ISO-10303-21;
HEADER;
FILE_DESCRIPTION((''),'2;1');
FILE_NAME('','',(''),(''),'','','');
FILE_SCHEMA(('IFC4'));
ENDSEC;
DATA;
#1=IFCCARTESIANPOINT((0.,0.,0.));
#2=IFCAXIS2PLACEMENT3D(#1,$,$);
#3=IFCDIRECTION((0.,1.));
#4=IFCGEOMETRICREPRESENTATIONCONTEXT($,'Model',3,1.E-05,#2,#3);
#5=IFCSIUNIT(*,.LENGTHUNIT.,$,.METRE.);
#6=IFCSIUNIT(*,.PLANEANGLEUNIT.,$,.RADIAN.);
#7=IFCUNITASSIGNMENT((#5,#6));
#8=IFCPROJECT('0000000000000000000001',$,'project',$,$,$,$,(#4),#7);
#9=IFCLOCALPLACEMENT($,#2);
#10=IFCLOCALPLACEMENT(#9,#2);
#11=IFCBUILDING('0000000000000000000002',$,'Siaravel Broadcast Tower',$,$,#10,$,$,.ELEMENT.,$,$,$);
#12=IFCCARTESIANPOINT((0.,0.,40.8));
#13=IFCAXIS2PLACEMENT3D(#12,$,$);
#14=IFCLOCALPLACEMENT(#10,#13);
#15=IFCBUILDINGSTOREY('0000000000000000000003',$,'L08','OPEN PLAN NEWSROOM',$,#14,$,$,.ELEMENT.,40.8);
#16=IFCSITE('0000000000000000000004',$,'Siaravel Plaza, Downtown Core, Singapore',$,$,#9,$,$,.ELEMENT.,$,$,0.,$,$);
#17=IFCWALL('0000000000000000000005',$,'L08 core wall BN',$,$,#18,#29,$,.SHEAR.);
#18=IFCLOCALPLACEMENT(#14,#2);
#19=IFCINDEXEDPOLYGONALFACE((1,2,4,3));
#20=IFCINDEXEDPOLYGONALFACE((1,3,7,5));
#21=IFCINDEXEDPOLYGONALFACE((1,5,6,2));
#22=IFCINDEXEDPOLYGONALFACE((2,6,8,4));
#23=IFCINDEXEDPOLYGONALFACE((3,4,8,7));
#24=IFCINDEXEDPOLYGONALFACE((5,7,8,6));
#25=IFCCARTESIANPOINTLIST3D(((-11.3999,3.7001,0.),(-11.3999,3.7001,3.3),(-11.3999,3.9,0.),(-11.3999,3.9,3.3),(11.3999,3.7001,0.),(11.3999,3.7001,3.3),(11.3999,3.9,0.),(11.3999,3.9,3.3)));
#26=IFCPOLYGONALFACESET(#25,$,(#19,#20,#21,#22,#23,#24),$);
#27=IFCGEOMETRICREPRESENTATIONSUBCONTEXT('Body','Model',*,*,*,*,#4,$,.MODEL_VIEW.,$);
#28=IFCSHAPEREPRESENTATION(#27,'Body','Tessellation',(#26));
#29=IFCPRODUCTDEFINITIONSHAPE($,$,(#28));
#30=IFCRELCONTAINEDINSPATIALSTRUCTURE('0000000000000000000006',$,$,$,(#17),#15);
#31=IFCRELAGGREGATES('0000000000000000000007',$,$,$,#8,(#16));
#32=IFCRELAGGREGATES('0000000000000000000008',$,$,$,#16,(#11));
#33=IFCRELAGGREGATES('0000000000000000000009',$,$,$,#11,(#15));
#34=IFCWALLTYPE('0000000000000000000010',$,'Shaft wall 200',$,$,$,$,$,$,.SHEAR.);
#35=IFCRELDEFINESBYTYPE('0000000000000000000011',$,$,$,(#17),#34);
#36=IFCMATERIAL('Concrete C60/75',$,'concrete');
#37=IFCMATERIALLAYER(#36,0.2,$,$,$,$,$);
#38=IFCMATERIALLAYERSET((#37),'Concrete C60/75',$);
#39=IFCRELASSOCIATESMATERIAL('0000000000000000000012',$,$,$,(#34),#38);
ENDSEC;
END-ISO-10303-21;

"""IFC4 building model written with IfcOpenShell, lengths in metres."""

from ifc_helpers import new_model, si_unit, direction, frame, frame_2d, origin, place, context, subcontext, project, spatial, rectangle, extrude, material, layer, layer_set, type_object, element, save


model = new_model("IFC4")

# Units and contexts
model_context = context("Model", 3, precision=1e-05, world=origin(), true_north=direction((0.0, 1.0)))
body_context = subcontext(model_context, "Body", "Model", "MODEL_VIEW")
ifc_project = project(units=[si_unit("LENGTHUNIT", "METRE"), si_unit("PLANEANGLEUNIT", "RADIAN")], contexts=[model_context])

# Site, building, storey
site_placement = place(None, origin())
site = spatial("IfcSite", under=ifc_project, at=site_placement, Name="Siaravel Plaza, Downtown Core, Singapore", CompositionType="ELEMENT", RefElevation=0.0)
building_placement = place(site_placement, origin())
building = spatial("IfcBuilding", under=site, at=building_placement, Name="Siaravel Broadcast Tower", CompositionType="ELEMENT")
storey_placement = place(building_placement, frame((0.0, 0.0, 40.8)))
storey = spatial("IfcBuildingStorey", under=building, at=storey_placement, Name="L08", Description="OPEN PLAN NEWSROOM", CompositionType="ELEMENT", Elevation=40.8)

# Shared definitions
ifc_material_1 = material(Name="Concrete C60/75", Category="concrete")

# Wall
ifc_layer_1 = layer(ifc_material_1, 0.2)
ifc_layer_set_1 = layer_set([ifc_layer_1], Name="Concrete C60/75")
wall_type_1 = type_object("IfcWallType", Name="Shaft wall 200", PredefinedType="SHEAR", material=ifc_layer_set_1)
wall_1_placement = place(storey_placement, frame((-11.3999, 3.8, 0.0), z_axis=(0.0, 0.0, 1.0), x_axis=(1.0, 0.0, 0.0)))
element("IfcWall", 1, at=wall_1_placement, inside=storey, type_object=wall_type_1, Name="L08 core wall BN", PredefinedType="SHEAR", context=body_context, shape_type="SweptSolid", body=[
    extrude(rectangle(XDim=22.7998, YDim=0.2, at=frame_2d((11.3999, 0.0))), origin(), (0.0, 0.0, 1.0), 3.3),
])

save(model, "model.ifc")
